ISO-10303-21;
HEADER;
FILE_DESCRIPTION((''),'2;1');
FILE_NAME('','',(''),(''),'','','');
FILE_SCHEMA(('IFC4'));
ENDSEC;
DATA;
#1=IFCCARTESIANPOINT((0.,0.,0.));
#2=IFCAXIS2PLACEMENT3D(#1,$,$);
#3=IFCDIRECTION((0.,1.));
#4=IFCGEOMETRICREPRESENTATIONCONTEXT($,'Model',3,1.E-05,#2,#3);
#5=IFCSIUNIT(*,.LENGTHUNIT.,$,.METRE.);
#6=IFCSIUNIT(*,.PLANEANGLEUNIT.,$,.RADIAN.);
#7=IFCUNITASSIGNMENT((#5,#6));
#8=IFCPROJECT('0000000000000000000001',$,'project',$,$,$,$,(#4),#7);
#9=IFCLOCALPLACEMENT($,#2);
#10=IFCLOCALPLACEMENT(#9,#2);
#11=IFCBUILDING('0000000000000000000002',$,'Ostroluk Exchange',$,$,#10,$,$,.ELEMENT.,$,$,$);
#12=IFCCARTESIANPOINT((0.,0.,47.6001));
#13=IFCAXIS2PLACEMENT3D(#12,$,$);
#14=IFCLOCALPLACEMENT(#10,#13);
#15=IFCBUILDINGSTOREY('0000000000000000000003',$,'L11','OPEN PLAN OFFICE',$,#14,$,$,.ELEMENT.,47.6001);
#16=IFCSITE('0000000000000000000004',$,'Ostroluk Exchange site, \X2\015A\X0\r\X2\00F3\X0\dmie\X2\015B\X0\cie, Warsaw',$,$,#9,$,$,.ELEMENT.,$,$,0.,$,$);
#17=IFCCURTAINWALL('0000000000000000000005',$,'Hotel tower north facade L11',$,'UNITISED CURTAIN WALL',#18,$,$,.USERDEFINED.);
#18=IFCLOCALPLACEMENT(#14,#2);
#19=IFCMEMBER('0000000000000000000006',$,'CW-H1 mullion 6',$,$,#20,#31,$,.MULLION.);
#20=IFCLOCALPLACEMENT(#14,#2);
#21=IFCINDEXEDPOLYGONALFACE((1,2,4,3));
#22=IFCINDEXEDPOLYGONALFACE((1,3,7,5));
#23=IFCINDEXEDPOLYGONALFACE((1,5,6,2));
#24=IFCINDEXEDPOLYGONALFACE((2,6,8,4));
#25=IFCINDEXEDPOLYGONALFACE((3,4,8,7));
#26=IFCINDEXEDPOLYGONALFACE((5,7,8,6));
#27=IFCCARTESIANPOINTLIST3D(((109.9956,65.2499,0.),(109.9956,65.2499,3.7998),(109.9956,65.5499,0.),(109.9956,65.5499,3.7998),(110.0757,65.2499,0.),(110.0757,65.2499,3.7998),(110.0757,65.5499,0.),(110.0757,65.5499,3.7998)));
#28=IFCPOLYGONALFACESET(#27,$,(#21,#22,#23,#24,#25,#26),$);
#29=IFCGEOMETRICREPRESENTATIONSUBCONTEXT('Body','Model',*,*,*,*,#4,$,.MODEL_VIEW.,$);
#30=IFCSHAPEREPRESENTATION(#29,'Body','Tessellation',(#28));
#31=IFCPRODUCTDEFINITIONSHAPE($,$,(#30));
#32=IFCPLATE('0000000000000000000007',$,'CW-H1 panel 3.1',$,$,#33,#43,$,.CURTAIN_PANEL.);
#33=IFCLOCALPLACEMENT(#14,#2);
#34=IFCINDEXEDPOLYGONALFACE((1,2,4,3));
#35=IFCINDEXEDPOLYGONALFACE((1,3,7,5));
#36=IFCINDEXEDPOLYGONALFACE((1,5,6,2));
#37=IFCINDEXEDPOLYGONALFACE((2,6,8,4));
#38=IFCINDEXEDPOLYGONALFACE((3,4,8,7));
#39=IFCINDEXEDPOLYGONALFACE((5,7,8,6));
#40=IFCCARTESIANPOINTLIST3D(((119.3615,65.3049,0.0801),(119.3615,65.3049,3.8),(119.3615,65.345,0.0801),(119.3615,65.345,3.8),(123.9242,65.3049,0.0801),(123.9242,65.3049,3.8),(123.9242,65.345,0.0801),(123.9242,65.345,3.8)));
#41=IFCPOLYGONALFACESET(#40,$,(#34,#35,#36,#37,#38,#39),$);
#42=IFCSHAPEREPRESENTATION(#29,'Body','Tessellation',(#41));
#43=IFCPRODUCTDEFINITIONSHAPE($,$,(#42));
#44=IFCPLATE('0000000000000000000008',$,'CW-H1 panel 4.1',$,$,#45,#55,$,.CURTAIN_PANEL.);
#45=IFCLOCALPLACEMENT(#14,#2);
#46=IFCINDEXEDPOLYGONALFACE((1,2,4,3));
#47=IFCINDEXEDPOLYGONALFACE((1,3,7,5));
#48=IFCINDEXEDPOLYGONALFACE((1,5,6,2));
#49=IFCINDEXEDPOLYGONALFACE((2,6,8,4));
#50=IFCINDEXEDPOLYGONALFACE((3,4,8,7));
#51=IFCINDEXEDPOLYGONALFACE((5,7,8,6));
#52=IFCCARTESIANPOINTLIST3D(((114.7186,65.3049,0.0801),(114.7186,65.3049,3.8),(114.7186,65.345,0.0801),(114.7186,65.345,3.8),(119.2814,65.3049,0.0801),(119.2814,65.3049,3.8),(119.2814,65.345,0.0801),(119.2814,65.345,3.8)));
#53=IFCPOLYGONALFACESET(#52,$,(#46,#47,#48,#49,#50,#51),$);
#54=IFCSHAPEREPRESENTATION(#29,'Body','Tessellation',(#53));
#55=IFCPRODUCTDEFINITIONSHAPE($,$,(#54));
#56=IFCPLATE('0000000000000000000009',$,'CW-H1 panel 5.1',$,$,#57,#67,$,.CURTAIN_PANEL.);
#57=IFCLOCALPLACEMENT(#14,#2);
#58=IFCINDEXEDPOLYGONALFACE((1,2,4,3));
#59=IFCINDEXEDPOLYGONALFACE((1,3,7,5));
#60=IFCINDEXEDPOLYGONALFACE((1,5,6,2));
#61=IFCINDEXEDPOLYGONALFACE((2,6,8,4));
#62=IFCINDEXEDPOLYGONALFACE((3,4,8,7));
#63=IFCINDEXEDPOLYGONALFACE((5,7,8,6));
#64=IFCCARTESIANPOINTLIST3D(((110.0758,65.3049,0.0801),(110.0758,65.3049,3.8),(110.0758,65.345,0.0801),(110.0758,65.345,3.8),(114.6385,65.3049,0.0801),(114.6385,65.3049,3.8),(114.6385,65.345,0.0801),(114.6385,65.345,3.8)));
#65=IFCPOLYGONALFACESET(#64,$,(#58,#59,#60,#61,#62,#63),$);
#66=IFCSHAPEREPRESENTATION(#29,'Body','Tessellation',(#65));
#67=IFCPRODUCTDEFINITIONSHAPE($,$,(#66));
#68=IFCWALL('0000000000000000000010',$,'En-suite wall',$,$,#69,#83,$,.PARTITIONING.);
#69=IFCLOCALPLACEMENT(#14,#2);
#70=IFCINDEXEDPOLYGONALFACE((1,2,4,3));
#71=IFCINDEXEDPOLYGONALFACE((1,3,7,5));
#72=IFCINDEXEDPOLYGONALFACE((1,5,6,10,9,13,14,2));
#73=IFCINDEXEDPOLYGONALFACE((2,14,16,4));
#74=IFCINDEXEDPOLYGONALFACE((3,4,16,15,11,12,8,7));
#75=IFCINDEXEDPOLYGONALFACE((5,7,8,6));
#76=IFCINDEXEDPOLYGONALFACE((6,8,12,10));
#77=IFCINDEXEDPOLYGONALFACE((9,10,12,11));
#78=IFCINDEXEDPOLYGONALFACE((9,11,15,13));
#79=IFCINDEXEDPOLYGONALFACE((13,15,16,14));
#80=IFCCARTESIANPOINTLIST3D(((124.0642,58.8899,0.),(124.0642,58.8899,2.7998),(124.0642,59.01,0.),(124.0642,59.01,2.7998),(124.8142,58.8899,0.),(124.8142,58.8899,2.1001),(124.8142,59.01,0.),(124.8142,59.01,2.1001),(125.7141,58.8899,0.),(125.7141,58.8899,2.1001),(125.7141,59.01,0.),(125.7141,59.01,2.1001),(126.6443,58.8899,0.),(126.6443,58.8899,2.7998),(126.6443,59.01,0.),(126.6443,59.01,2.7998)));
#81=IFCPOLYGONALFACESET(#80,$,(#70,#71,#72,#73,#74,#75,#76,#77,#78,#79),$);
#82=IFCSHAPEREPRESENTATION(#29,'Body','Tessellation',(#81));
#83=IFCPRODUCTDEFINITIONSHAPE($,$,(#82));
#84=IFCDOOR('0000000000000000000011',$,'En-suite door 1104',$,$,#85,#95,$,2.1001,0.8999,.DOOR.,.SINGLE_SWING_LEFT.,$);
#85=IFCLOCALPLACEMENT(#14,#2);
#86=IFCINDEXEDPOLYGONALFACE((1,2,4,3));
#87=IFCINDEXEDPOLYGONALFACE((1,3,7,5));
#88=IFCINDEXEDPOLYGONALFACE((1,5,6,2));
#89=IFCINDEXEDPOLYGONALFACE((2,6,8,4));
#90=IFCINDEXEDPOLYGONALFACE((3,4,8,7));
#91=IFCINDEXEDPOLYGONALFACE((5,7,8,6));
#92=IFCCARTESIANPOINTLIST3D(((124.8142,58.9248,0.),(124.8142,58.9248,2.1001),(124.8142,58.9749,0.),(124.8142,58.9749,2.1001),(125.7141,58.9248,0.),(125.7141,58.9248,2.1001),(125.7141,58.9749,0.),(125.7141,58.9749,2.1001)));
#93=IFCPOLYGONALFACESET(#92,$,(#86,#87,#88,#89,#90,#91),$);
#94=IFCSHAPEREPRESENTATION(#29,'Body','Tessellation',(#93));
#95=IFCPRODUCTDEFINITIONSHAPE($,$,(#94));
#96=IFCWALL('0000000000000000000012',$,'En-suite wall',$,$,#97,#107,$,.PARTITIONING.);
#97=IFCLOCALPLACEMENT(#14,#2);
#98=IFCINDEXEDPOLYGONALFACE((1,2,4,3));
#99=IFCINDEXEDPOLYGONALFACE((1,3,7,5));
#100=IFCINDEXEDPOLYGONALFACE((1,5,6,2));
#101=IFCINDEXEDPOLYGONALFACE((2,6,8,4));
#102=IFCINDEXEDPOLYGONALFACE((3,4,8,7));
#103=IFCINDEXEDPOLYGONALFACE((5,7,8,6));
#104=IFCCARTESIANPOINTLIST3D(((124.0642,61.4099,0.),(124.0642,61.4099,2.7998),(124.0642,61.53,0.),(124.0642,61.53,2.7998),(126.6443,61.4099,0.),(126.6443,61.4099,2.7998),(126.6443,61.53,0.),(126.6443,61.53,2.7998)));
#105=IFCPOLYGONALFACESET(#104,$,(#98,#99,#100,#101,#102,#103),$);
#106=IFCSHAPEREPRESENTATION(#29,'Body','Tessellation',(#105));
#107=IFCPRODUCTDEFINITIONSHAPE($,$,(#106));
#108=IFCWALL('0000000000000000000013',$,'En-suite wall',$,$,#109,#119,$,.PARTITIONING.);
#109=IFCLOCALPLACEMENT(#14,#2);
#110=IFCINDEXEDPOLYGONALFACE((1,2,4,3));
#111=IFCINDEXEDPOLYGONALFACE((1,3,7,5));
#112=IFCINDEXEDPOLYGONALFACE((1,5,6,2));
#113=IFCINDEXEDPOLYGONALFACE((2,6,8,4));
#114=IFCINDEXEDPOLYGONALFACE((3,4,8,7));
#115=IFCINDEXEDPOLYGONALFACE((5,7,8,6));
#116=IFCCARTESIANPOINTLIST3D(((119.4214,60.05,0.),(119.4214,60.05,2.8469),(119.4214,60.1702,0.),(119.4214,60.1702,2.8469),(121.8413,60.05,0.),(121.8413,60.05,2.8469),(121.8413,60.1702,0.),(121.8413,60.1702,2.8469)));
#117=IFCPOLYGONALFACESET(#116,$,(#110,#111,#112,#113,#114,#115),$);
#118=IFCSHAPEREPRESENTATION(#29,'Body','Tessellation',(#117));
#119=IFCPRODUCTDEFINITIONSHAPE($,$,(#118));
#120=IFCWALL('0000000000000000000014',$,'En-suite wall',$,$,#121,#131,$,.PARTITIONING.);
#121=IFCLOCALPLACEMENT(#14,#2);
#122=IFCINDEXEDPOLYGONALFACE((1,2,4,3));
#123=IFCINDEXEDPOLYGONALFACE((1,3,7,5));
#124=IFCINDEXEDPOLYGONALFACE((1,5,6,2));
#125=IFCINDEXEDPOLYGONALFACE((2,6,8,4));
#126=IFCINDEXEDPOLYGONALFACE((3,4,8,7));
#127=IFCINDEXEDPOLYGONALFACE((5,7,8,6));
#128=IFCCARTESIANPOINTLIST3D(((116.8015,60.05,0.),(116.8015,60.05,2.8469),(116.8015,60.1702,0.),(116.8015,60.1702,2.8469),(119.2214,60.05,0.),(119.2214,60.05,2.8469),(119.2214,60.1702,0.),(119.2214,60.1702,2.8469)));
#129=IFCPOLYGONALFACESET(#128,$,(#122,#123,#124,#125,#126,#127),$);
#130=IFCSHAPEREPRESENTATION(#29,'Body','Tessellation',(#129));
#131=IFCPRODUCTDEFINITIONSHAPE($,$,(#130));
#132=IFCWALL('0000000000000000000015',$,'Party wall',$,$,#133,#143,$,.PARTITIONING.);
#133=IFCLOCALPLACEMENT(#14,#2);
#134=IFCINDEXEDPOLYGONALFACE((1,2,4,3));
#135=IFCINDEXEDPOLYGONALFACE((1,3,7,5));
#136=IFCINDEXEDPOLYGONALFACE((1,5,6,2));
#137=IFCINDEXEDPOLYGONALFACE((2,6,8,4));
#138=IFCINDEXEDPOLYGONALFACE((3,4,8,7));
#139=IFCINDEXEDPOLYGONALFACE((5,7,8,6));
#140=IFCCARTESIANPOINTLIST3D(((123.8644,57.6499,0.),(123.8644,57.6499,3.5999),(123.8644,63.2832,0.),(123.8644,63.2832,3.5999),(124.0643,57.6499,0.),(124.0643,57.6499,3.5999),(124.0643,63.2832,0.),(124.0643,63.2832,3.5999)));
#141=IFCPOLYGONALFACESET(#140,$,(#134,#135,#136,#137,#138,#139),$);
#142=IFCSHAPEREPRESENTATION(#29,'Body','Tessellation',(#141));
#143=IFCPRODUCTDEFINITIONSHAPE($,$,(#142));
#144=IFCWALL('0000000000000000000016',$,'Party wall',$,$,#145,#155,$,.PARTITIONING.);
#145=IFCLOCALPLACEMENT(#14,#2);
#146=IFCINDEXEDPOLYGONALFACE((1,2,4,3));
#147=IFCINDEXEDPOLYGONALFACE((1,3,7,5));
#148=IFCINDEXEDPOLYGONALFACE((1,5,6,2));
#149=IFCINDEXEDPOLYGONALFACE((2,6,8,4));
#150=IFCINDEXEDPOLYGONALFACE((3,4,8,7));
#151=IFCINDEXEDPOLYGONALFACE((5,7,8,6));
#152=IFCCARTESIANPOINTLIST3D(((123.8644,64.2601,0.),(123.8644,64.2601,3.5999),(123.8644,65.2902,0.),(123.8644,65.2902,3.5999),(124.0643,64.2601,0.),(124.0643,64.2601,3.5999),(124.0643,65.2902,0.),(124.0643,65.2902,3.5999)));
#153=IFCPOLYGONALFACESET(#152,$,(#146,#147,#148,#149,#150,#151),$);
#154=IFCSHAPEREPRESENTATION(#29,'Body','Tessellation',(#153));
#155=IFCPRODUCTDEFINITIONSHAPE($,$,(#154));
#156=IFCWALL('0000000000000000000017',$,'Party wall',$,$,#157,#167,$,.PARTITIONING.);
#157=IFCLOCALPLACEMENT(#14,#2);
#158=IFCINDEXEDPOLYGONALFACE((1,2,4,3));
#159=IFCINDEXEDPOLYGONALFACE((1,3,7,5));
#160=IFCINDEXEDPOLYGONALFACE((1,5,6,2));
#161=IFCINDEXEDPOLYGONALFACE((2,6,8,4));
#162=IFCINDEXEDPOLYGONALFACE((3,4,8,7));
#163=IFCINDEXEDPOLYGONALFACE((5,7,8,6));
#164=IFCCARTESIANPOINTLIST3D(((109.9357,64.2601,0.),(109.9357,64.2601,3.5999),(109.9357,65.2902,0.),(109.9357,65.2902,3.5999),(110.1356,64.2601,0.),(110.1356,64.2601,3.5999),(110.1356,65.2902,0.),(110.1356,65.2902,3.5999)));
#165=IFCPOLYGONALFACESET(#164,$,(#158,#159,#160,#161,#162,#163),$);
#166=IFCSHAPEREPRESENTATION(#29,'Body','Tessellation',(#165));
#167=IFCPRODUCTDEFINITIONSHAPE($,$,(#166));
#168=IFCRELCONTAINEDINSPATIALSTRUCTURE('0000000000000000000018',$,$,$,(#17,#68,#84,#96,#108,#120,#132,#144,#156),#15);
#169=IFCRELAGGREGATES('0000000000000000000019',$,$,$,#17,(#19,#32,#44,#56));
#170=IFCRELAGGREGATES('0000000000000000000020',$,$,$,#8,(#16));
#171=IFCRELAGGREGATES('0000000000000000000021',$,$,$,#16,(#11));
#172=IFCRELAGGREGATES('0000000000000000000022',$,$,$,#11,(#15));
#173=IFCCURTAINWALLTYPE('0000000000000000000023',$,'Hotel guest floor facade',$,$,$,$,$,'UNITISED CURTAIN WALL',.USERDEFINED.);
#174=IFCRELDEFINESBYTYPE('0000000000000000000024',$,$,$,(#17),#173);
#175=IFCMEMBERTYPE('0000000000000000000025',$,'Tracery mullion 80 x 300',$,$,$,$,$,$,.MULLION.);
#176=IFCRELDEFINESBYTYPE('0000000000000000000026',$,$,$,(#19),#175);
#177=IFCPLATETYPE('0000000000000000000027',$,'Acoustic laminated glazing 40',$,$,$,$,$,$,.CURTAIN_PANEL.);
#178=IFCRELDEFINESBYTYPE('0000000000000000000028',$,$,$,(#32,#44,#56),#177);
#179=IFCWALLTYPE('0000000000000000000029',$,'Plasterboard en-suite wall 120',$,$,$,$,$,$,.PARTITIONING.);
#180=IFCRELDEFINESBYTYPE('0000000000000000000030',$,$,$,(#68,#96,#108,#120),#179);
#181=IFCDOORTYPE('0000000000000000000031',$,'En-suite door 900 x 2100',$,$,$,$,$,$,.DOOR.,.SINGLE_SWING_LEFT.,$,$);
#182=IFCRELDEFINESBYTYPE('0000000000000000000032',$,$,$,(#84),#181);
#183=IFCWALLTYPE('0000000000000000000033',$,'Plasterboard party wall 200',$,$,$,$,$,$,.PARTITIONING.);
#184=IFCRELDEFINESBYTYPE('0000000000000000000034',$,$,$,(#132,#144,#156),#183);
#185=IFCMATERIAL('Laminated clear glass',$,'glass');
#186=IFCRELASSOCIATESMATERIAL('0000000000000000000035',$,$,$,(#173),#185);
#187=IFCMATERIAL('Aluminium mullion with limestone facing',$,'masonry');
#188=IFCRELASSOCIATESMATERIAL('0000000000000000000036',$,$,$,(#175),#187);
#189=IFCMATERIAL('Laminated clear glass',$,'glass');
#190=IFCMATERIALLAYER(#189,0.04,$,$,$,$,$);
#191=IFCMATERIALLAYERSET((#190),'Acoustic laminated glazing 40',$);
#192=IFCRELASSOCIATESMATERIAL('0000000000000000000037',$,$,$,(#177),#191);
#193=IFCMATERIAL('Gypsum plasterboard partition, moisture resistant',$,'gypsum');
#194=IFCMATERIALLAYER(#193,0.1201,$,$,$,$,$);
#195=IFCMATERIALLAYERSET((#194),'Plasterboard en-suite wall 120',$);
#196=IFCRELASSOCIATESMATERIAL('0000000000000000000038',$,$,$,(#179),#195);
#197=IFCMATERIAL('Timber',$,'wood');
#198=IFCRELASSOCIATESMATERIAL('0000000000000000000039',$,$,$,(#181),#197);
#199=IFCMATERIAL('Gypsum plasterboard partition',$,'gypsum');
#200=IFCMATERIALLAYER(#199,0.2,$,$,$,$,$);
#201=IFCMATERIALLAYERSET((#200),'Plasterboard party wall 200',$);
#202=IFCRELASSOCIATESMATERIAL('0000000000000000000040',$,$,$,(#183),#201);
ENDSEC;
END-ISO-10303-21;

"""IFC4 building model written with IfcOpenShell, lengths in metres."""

from ifc_helpers import new_model, si_unit, direction, frame, frame_2d, origin, origin_2d, place, context, subcontext, project, spatial, rectangle, extrude, material, layer, layer_set, material_profile, profile_set, type_object, element, fill, aggregate, save


model = new_model("IFC4")

# Units and contexts
model_context = context("Model", 3, precision=1e-05, world=origin(), true_north=direction((0.0, 1.0)))
body_context = subcontext(model_context, "Body", "Model", "MODEL_VIEW")
ifc_project = project(units=[si_unit("LENGTHUNIT", "METRE"), si_unit("PLANEANGLEUNIT", "RADIAN")], contexts=[model_context])

# Site, building, storey
site_placement = place(None, origin())
site = spatial("IfcSite", under=ifc_project, at=site_placement, Name="Ostroluk Exchange site, Śródmieście, Warsaw", CompositionType="ELEMENT", RefElevation=0.0)
building_placement = place(site_placement, origin())
building = spatial("IfcBuilding", under=site, at=building_placement, Name="Ostroluk Exchange", CompositionType="ELEMENT")
storey_placement = place(building_placement, frame((0.0, 0.0, 47.6001)))
storey = spatial("IfcBuildingStorey", under=building, at=storey_placement, Name="L11", Description="OPEN PLAN OFFICE", CompositionType="ELEMENT", Elevation=47.6001)

# Curtain wall, member, plates
ifc_material_1 = material(Name="Laminated clear glass", Category="glass")
curtain_wall_type = type_object("IfcCurtainWallType", Name="Hotel guest floor facade", ElementType="UNITISED CURTAIN WALL", PredefinedType="USERDEFINED", material=ifc_material_1)
curtain_wall_placement = place(storey_placement, origin())
curtain_wall = element("IfcCurtainWall", 1, at=curtain_wall_placement, inside=storey, type_object=curtain_wall_type, Name="Hotel tower north facade L11", ObjectType="UNITISED CURTAIN WALL", PredefinedType="USERDEFINED")
ifc_material_2 = material(Name="Aluminium mullion with limestone facing", Category="masonry")
ifc_material_profile_1 = material_profile(ifc_material_2, rectangle(XDim=0.3, YDim=0.0801, at=origin_2d()), Name="Tracery mullion 80 x 300")
ifc_profile_set_1 = profile_set([ifc_material_profile_1], Name="Aluminium mullion with limestone facing")
member_type_1 = type_object("IfcMemberType", Name="Tracery mullion 80 x 300", PredefinedType="MULLION", material=ifc_profile_set_1)
member_1_placement = place(storey_placement, frame((110.0356, 65.3999, 0.0), z_axis=(0.0, 0.0, 1.0), x_axis=(0.0, -1.0, 0.0)))
member_1 = element("IfcMember", 2, at=member_1_placement, type_object=member_type_1, Name="CW-H1 mullion 6", PredefinedType="MULLION", context=body_context, shape_type="SweptSolid", body=[
    extrude(rectangle(XDim=0.3, YDim=0.0801, at=origin_2d()), origin(), (0.0, 0.0, 1.0), 3.7998),
])
ifc_material_3 = material(Name="Laminated clear glass", Category="glass")
ifc_layer_1 = layer(ifc_material_3, 0.04)
ifc_layer_set_1 = layer_set([ifc_layer_1], Name="Acoustic laminated glazing 40")
plate_type = type_object("IfcPlateType", Name="Acoustic laminated glazing 40", PredefinedType="CURTAIN_PANEL", material=ifc_layer_set_1)
plate_1_placement = place(storey_placement, frame((121.6428, 65.325, 0.0801), z_axis=(0.0, 0.0, 1.0), x_axis=(-1.0, 0.0, 0.0)))
plate_1 = element("IfcPlate", 3, at=plate_1_placement, type_object=plate_type, Name="CW-H1 panel 3.1", PredefinedType="CURTAIN_PANEL", context=body_context, shape_type="SweptSolid", body=[
    extrude(rectangle(XDim=4.5627, YDim=0.04, at=origin_2d()), origin(), (0.0, 0.0, 1.0), 3.72),
])
plate_2_placement = place(storey_placement, frame((117.0, 65.325, 0.0801), z_axis=(0.0, 0.0, 1.0), x_axis=(-1.0, 0.0, 0.0)))
plate_2 = element("IfcPlate", 4, at=plate_2_placement, type_object=plate_type, Name="CW-H1 panel 4.1", PredefinedType="CURTAIN_PANEL", context=body_context, shape_type="SweptSolid", body=[
    extrude(rectangle(XDim=4.5627, YDim=0.04, at=origin_2d()), origin(), (0.0, 0.0, 1.0), 3.72),
])
plate_3_placement = place(storey_placement, frame((112.3572, 65.325, 0.0801), z_axis=(0.0, 0.0, 1.0), x_axis=(-1.0, 0.0, 0.0)))
plate_3 = element("IfcPlate", 5, at=plate_3_placement, type_object=plate_type, Name="CW-H1 panel 5.1", PredefinedType="CURTAIN_PANEL", context=body_context, shape_type="SweptSolid", body=[
    extrude(rectangle(XDim=4.5627, YDim=0.04, at=origin_2d()), origin(), (0.0, 0.0, 1.0), 3.72),
])
aggregate(curtain_wall, [member_1, plate_1, plate_2, plate_3])

# Wall, opening, door
ifc_material_4 = material(Name="Gypsum plasterboard partition, moisture resistant", Category="gypsum")
ifc_layer_2 = layer(ifc_material_4, 0.1201)
ifc_layer_set_2 = layer_set([ifc_layer_2], Name="Plasterboard en-suite wall 120")
wall_type_1 = type_object("IfcWallType", Name="Plasterboard en-suite wall 120", PredefinedType="PARTITIONING", material=ifc_layer_set_2)
wall_1_placement = place(storey_placement, frame((124.0642, 58.95, 0.0), z_axis=(0.0, 0.0, 1.0), x_axis=(1.0, 0.0, 0.0)))
wall_1 = element("IfcWall", 6, at=wall_1_placement, inside=storey, type_object=wall_type_1, Name="En-suite wall", PredefinedType="PARTITIONING", context=body_context, shape_type="SweptSolid", body=[
    extrude(rectangle(XDim=2.5801, YDim=0.1201, at=frame_2d((1.29, 0.0))), origin(), (0.0, 0.0, 1.0), 2.7998),
])
opening_placement = place(wall_1_placement, frame((0.75, 0.0, 0.0)))
opening = element("IfcOpeningElement", 7, at=opening_placement, cuts=wall_1, PredefinedType="OPENING", context=body_context, shape_type="SweptSolid", body=[
    extrude(rectangle(XDim=0.8999, YDim=2.1001, at=frame_2d((0.45, 1.05))), frame((0.0, 0.0701, 0.0), z_axis=(0.0, -1.0, 0.0), x_axis=(1.0, 0.0, 0.0)), (0.0, 0.0, 1.0), 0.1401),
])
ifc_material_5 = material(Name="Timber", Category="wood")
door_type = type_object("IfcDoorType", Name="En-suite door 900 x 2100", OperationType="SINGLE_SWING_LEFT", PredefinedType="DOOR", material=ifc_material_5)
door_placement = place(opening_placement, origin())
door = element("IfcDoor", 8, at=door_placement, inside=storey, type_object=door_type, Name="En-suite door 1104", OperationType="SINGLE_SWING_LEFT", OverallHeight=2.1001, OverallWidth=0.8999, PredefinedType="DOOR", context=body_context, shape_type="SweptSolid", body=[
    extrude(rectangle(XDim=0.8999, YDim=2.1001, at=frame_2d((0.45, 1.05))), frame((0.0, 0.0249, 0.0), z_axis=(0.0, -1.0, 0.0), x_axis=(1.0, 0.0, 0.0)), (0.0, 0.0, 1.0), 0.05),
])
fill(opening, door)

# Walls
wall_2_placement = place(storey_placement, frame((124.0642, 61.47, 0.0), z_axis=(0.0, 0.0, 1.0), x_axis=(1.0, 0.0, 0.0)))
element("IfcWall", 9, at=wall_2_placement, inside=storey, type_object=wall_type_1, Name="En-suite wall", PredefinedType="PARTITIONING", context=body_context, shape_type="SweptSolid", body=[
    extrude(rectangle(XDim=2.5801, YDim=0.1201, at=frame_2d((1.29, 0.0))), origin(), (0.0, 0.0, 1.0), 2.7998),
])
for number, where, z_axis, x_axis, name in (
    (10, (121.8413, 60.1101, 0.0), (0.0, 0.0, 1.0), (-1.0, 0.0, 0.0), "En-suite wall"),
    (11, (119.2214, 60.1101, 0.0), (0.0, 0.0, 1.0), (-1.0, 0.0, 0.0), "En-suite wall"),
):
    element("IfcWall", number, at=place(storey_placement, frame(where, z_axis=z_axis, x_axis=x_axis)), inside=storey, type_object=wall_type_1, Name=name, PredefinedType="PARTITIONING", context=body_context, shape_type="SweptSolid", body=[
        extrude(rectangle(XDim=2.4199, YDim=0.1201, at=frame_2d((1.21, 0.0))), origin(), (0.0, 0.0, 1.0), 2.8469),
    ])
ifc_material_6 = material(Name="Gypsum plasterboard partition", Category="gypsum")
ifc_layer_3 = layer(ifc_material_6, 0.2)
ifc_layer_set_3 = layer_set([ifc_layer_3], Name="Plasterboard party wall 200")
wall_type_2 = type_object("IfcWallType", Name="Plasterboard party wall 200", PredefinedType="PARTITIONING", material=ifc_layer_set_3)
wall_3_placement = place(storey_placement, frame((123.9644, 57.6499, 0.0), z_axis=(0.0, 0.0, 1.0), x_axis=(0.0, 1.0, 0.0)))
element("IfcWall", 12, at=wall_3_placement, inside=storey, type_object=wall_type_2, Name="Party wall", PredefinedType="PARTITIONING", context=body_context, shape_type="SweptSolid", body=[
    extrude(rectangle(XDim=5.6333, YDim=0.2, at=frame_2d((2.8167, 0.0))), origin(), (0.0, 0.0, 1.0), 3.5999),
])
for number, where, z_axis, x_axis, name in (
    (13, (123.9644, 64.26, 0.0), (0.0, 0.0, 1.0), (0.0, 1.0, 0.0), "Party wall"),
    (14, (110.0356, 64.26, 0.0), (0.0, 0.0, 1.0), (0.0, 1.0, 0.0), "Party wall"),
):
    element("IfcWall", number, at=place(storey_placement, frame(where, z_axis=z_axis, x_axis=x_axis)), inside=storey, type_object=wall_type_2, Name=name, PredefinedType="PARTITIONING", context=body_context, shape_type="SweptSolid", body=[
        extrude(rectangle(XDim=1.03, YDim=0.2, at=frame_2d((0.5151, 0.0))), origin(), (0.0, 0.0, 1.0), 3.5999),
    ])

save(model, "model.ifc")
